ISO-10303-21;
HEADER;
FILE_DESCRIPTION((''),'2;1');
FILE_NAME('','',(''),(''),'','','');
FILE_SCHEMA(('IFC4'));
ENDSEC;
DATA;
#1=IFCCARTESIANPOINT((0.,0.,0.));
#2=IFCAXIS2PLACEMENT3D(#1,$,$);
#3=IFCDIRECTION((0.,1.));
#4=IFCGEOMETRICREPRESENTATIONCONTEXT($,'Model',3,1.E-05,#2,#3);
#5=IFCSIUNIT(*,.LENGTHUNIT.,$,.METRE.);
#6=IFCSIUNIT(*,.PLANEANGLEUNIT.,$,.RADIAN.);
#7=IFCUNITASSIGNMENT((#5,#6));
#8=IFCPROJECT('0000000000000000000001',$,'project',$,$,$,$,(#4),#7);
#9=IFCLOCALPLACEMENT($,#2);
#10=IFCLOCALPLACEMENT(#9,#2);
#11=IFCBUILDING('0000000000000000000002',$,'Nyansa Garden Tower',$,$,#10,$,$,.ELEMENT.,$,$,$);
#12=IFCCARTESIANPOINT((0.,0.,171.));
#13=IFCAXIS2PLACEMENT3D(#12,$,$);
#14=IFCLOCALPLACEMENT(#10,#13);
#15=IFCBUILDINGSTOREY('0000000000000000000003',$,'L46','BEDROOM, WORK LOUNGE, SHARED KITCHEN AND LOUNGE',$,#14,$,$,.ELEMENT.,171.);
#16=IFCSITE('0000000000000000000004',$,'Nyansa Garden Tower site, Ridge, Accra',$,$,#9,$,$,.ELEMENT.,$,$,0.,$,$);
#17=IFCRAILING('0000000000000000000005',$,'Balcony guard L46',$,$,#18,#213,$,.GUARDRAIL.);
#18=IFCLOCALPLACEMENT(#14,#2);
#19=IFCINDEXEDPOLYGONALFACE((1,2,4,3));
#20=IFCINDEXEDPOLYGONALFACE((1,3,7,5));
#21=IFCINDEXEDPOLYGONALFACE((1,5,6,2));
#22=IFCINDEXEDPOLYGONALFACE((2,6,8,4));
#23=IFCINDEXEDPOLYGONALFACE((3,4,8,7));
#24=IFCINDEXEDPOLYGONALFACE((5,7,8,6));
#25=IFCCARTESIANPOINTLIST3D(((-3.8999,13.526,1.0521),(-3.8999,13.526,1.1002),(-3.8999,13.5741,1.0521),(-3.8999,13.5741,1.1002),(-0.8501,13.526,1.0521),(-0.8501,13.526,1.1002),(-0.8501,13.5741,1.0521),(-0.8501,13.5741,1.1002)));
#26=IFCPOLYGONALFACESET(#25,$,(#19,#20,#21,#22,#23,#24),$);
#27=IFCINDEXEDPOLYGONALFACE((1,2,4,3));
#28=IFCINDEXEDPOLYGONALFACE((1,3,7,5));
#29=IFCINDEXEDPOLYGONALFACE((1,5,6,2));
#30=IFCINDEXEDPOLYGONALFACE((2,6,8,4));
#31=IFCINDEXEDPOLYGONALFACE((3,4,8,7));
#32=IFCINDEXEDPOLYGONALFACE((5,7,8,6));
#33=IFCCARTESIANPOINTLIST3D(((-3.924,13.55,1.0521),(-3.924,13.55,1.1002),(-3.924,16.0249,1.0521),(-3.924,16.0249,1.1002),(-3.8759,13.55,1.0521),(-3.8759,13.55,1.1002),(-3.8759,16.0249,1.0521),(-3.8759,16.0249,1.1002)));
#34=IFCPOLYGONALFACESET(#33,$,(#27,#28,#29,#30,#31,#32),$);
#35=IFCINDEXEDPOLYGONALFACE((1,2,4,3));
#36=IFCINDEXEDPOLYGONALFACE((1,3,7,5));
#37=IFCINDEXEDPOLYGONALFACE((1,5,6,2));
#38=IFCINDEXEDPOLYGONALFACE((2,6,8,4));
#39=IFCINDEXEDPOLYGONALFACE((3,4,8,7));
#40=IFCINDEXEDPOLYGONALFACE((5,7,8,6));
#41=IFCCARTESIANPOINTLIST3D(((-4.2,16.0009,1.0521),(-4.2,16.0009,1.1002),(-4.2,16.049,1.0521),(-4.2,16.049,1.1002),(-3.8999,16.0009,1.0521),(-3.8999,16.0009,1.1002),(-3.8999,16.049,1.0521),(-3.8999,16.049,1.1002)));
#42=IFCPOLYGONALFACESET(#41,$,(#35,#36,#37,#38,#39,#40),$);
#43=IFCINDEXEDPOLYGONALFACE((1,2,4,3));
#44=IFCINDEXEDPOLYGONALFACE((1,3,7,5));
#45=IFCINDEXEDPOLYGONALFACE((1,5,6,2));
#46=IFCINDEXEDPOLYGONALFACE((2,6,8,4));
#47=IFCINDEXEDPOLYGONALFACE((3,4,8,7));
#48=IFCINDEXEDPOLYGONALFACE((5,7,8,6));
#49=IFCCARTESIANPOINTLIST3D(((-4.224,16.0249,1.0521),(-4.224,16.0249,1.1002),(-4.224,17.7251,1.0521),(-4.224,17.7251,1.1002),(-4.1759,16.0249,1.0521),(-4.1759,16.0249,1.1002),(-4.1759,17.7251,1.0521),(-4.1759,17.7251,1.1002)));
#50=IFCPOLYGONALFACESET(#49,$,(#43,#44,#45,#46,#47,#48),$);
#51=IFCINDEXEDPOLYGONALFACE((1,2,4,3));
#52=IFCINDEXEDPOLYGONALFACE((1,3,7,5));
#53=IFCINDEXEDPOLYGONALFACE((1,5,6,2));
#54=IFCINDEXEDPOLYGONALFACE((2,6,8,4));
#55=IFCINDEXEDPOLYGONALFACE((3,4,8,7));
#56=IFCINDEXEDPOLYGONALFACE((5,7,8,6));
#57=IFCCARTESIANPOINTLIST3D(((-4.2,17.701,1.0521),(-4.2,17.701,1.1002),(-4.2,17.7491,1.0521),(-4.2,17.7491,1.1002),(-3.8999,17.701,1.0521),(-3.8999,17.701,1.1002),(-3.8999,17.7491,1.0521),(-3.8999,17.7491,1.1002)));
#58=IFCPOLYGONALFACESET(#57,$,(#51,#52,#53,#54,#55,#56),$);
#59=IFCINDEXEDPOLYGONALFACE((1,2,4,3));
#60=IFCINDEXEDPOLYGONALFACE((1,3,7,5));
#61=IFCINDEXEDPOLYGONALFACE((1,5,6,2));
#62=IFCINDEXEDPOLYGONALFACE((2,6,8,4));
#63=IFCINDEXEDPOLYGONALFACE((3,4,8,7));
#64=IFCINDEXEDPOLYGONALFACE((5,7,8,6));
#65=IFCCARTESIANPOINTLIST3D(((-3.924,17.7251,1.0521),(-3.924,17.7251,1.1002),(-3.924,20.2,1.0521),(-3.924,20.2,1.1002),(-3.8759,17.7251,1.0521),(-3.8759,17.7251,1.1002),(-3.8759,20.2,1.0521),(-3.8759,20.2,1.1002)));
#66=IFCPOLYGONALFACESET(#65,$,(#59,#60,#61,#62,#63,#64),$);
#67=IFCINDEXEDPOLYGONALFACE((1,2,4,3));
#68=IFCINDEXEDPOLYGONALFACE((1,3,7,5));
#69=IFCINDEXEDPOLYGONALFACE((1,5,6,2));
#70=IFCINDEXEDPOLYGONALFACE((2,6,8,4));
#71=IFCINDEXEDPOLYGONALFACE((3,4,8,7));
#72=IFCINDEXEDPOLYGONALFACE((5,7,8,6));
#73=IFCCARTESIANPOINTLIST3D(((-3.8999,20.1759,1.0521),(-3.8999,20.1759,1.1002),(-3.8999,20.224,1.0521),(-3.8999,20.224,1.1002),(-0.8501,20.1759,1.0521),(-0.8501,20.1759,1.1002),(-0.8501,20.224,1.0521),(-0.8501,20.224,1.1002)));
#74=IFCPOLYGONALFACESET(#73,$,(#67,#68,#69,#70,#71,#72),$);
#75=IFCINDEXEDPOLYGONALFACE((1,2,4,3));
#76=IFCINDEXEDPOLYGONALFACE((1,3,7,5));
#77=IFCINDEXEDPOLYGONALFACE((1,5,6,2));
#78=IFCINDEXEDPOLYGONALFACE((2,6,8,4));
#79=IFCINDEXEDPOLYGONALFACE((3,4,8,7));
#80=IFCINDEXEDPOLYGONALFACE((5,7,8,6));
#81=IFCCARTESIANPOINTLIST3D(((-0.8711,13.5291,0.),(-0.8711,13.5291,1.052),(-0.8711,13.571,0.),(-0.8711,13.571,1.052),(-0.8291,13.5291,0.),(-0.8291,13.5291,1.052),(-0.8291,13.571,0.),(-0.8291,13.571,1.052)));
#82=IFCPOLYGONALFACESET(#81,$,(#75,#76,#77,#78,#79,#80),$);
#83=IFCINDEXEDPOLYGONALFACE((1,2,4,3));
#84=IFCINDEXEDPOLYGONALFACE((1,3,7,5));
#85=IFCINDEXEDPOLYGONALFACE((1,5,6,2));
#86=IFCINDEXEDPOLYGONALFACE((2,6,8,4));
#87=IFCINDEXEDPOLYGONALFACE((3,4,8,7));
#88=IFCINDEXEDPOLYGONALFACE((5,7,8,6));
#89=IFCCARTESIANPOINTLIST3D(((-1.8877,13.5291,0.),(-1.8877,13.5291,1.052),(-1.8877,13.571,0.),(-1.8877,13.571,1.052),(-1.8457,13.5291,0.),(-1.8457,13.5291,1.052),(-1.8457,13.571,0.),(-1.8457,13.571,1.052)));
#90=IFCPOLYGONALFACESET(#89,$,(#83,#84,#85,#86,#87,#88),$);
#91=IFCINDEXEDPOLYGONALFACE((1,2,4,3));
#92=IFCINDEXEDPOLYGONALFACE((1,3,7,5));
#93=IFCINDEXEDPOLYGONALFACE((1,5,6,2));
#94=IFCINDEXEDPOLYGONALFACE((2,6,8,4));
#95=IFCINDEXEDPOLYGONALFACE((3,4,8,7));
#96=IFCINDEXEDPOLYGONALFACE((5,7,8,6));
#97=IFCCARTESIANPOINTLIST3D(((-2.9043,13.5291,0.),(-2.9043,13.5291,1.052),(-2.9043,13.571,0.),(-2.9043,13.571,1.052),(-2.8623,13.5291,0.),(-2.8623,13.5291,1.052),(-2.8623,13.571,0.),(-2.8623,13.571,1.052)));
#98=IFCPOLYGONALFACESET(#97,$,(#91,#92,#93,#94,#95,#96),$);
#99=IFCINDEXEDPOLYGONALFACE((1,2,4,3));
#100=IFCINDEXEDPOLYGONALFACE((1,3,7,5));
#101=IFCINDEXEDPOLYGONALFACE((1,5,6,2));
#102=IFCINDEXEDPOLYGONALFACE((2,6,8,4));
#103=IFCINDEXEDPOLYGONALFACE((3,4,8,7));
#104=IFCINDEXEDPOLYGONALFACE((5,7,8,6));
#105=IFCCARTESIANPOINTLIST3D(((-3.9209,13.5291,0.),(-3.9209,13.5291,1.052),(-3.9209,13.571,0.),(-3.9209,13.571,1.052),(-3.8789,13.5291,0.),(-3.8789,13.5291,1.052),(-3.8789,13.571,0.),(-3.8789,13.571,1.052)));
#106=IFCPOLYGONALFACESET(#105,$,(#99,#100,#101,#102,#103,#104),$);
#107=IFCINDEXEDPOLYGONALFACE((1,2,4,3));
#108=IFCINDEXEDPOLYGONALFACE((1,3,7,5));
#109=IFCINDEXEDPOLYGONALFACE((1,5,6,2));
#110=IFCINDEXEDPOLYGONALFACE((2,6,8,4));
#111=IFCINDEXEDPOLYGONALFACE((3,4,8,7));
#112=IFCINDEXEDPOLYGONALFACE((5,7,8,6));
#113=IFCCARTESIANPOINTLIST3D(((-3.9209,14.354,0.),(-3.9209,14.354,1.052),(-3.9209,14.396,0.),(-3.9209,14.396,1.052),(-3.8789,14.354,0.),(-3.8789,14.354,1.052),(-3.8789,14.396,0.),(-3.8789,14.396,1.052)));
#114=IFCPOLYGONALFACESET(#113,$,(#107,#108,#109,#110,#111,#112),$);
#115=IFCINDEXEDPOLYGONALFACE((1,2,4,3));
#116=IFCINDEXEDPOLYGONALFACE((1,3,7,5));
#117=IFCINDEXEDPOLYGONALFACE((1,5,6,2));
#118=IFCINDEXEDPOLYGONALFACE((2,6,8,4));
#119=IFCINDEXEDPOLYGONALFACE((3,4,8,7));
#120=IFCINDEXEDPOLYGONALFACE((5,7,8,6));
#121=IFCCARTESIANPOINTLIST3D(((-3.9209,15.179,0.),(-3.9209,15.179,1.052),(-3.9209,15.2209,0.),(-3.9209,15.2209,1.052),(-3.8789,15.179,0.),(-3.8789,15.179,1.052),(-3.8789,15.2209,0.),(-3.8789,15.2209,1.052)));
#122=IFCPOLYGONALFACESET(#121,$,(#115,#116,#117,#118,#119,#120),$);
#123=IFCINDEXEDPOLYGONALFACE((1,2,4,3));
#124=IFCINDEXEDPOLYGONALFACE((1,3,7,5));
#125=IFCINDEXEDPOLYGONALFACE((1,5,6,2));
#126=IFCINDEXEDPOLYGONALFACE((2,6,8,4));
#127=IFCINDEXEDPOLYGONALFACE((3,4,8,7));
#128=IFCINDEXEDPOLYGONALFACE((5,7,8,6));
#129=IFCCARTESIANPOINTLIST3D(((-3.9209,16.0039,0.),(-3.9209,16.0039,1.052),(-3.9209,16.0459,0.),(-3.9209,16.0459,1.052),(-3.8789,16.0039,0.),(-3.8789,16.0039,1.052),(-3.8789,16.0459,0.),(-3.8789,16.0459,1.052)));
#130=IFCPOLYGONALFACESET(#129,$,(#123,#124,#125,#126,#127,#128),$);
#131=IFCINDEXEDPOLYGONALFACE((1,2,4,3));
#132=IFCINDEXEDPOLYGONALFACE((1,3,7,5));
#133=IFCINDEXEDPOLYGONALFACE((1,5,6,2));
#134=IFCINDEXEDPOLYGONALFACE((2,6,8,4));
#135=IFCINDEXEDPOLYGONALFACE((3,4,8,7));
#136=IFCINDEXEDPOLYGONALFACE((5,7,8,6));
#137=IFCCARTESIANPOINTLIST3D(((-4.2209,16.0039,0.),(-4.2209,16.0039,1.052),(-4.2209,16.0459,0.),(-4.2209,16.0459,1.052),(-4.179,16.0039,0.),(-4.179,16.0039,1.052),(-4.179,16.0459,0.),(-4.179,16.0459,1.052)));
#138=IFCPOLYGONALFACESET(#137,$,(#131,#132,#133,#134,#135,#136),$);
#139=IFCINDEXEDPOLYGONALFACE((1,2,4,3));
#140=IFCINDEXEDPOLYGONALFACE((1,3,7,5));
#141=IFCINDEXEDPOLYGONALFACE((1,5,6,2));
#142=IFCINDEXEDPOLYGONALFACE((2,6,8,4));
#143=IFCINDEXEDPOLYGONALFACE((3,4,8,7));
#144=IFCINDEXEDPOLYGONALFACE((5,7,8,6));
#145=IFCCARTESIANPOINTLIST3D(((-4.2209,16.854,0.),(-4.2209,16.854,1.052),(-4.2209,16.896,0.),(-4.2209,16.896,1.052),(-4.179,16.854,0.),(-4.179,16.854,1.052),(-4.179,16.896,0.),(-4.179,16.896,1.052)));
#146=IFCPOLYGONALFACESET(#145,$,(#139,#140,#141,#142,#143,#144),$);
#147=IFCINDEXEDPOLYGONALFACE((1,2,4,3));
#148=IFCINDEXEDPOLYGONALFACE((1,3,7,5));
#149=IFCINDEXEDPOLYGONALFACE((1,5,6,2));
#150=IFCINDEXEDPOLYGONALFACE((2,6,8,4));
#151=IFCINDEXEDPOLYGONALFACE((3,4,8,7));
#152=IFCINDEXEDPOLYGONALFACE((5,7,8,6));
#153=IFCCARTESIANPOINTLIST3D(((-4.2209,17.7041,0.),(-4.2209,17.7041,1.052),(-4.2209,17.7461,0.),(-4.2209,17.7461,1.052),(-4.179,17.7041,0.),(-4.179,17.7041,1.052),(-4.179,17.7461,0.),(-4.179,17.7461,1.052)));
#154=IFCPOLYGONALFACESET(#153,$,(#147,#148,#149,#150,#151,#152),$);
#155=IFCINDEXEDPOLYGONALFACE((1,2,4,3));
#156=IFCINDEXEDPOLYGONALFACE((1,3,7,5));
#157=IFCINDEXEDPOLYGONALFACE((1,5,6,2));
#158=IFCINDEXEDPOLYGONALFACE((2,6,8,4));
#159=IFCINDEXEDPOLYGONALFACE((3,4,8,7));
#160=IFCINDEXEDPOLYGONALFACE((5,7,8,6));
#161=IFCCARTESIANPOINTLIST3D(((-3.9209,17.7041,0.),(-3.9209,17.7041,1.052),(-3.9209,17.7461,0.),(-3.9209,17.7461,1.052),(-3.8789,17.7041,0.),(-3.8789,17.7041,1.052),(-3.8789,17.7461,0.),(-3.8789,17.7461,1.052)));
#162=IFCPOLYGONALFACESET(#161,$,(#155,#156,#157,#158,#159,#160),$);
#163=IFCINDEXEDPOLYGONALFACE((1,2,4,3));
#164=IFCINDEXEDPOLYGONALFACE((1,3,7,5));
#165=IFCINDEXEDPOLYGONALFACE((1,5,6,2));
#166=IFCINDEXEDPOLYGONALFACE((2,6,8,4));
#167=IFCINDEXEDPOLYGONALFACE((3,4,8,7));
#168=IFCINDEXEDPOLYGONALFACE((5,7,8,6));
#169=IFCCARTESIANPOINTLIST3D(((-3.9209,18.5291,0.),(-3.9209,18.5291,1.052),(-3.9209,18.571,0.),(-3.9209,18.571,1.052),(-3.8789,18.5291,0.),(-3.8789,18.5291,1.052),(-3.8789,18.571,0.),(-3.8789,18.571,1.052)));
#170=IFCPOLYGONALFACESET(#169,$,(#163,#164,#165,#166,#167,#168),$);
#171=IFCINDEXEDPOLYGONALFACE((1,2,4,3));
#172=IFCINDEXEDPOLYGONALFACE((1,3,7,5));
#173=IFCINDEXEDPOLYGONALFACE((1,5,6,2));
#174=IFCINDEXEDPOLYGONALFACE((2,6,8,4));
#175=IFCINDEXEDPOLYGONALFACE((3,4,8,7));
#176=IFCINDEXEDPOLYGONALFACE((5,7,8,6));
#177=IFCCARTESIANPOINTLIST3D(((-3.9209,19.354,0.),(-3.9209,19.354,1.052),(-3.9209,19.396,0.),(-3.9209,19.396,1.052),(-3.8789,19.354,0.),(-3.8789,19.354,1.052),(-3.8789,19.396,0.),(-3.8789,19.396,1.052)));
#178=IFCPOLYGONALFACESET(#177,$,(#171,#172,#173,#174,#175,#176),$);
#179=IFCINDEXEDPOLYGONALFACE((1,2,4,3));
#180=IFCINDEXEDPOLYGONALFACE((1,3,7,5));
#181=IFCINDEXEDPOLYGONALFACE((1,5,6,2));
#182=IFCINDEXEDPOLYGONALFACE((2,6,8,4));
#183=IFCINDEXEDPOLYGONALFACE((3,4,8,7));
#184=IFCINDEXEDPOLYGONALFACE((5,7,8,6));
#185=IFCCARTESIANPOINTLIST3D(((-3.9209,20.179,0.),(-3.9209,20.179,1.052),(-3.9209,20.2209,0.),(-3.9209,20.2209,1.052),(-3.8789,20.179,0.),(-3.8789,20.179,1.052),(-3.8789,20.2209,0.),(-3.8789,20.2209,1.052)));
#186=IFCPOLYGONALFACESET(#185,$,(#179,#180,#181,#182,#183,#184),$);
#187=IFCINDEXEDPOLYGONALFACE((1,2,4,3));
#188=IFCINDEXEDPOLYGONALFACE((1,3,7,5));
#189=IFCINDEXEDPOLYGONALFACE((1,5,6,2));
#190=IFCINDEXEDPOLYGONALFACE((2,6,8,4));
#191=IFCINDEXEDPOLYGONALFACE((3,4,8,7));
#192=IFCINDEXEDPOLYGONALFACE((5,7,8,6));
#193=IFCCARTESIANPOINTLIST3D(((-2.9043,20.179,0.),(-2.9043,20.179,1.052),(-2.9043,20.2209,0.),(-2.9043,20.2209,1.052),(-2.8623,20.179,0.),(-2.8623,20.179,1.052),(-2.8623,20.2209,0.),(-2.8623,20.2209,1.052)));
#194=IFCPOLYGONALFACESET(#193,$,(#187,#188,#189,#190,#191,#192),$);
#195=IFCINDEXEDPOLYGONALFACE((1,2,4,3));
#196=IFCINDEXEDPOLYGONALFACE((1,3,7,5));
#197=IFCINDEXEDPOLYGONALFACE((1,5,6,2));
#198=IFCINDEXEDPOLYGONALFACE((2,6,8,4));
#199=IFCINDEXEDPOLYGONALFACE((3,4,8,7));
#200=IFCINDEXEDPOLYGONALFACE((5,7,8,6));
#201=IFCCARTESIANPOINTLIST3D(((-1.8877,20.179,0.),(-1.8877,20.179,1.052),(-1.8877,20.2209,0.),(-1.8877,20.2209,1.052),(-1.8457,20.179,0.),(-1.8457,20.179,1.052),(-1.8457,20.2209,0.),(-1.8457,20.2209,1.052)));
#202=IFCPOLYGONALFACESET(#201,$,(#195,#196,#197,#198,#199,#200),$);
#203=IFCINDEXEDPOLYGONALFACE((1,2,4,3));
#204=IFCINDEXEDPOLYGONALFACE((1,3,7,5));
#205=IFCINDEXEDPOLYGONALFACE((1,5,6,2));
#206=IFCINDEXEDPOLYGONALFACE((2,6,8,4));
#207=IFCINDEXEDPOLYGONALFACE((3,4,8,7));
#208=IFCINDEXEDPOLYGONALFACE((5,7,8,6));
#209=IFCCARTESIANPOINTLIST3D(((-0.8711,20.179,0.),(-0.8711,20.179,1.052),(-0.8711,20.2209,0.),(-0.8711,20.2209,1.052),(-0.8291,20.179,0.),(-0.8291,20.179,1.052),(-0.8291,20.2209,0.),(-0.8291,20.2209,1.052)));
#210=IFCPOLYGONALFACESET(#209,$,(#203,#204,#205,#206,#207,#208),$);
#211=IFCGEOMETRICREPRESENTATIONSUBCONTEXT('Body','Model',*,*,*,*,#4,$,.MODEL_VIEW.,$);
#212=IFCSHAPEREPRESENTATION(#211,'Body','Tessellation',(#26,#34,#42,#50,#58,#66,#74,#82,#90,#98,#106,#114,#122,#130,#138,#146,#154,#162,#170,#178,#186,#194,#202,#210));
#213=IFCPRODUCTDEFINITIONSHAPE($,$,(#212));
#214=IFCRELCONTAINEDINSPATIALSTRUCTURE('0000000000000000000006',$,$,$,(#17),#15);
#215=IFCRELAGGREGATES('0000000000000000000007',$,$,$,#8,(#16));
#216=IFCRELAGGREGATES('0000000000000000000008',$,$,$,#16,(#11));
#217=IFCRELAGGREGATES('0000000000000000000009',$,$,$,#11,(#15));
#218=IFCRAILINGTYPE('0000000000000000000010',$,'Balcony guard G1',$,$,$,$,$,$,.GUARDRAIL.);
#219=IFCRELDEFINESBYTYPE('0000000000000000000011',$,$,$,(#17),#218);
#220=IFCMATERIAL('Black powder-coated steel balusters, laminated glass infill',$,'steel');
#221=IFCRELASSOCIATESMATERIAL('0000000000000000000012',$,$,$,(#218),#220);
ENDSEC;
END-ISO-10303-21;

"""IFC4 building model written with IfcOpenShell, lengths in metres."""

from ifc_helpers import new_model, si_unit, direction, frame, origin, origin_2d, place, context, subcontext, project, spatial, rectangle, extrude, material, type_object, element, save


model = new_model("IFC4")

# Units and contexts
model_context = context("Model", 3, precision=1e-05, world=origin(), true_north=direction((0.0, 1.0)))
body_context = subcontext(model_context, "Body", "Model", "MODEL_VIEW")
ifc_project = project(units=[si_unit("LENGTHUNIT", "METRE"), si_unit("PLANEANGLEUNIT", "RADIAN")], contexts=[model_context])

# Site, building, storey
site_placement = place(None, origin())
site = spatial("IfcSite", under=ifc_project, at=site_placement, Name="Nyansa Garden Tower site, Ridge, Accra", CompositionType="ELEMENT", RefElevation=0.0)
building_placement = place(site_placement, origin())
building = spatial("IfcBuilding", under=site, at=building_placement, Name="Nyansa Garden Tower", CompositionType="ELEMENT")
storey_placement = place(building_placement, frame((0.0, 0.0, 171.0)))
storey = spatial("IfcBuildingStorey", under=building, at=storey_placement, Name="L46", Description="BEDROOM, WORK LOUNGE, SHARED KITCHEN AND LOUNGE", CompositionType="ELEMENT", Elevation=171.0)

# Railing
ifc_material_1 = material(Name="Black powder-coated steel balusters, laminated glass infill", Category="steel")
railing_type = type_object("IfcRailingType", Name="Balcony guard G1", PredefinedType="GUARDRAIL", material=ifc_material_1)
railing_placement = place(storey_placement, frame((-0.8501, 13.55, 0.0)))
element("IfcRailing", 1, at=railing_placement, inside=storey, type_object=railing_type, Name="Balcony guard L46", PredefinedType="GUARDRAIL", context=body_context, shape_type="SweptSolid", body=[
    extrude(rectangle(XDim=0.0481, YDim=0.0481, at=origin_2d()), frame((0.0, 0.0, 1.0762), z_axis=(-1.0, 0.0, 0.0), x_axis=(0.0, -1.0, 0.0)), (0.0, 0.0, 1.0), 3.0498),
    extrude(rectangle(XDim=0.0481, YDim=0.0481, at=origin_2d()), frame((-3.0498, 0.0, 1.0762), z_axis=(0.0, 1.0, 0.0), x_axis=(-1.0, 0.0, 0.0)), (0.0, 0.0, 1.0), 2.4749),
    extrude(rectangle(XDim=0.0481, YDim=0.0481, at=origin_2d()), frame((-3.0498, 2.4749, 1.0762), z_axis=(-1.0, 0.0, 0.0), x_axis=(0.0, -1.0, 0.0)), (0.0, 0.0, 1.0), 0.3),
    extrude(rectangle(XDim=0.0481, YDim=0.0481, at=origin_2d()), frame((-3.3499, 2.4749, 1.0762), z_axis=(0.0, 1.0, 0.0), x_axis=(-1.0, 0.0, 0.0)), (0.0, 0.0, 1.0), 1.7002),
    extrude(rectangle(XDim=0.0481, YDim=0.0481, at=origin_2d()), frame((-3.3499, 4.175, 1.0762), z_axis=(1.0, 0.0, 0.0), x_axis=(0.0, 1.0, 0.0)), (0.0, 0.0, 1.0), 0.3),
    extrude(rectangle(XDim=0.0481, YDim=0.0481, at=origin_2d()), frame((-3.0498, 4.175, 1.0762), z_axis=(0.0, 1.0, 0.0), x_axis=(-1.0, 0.0, 0.0)), (0.0, 0.0, 1.0), 2.4749),
    extrude(rectangle(XDim=0.0481, YDim=0.0481, at=origin_2d()), frame((-3.0498, 6.6499, 1.0762), z_axis=(1.0, 0.0, 0.0), x_axis=(0.0, 1.0, 0.0)), (0.0, 0.0, 1.0), 3.0498),
    extrude(rectangle(XDim=0.042, YDim=0.042, at=origin_2d()), origin(), (0.0, 0.0, 1.0), 1.052),
    extrude(rectangle(XDim=0.042, YDim=0.042, at=origin_2d()), frame((-1.0166, 0.0, 0.0)), (0.0, 0.0, 1.0), 1.052),
    extrude(rectangle(XDim=0.042, YDim=0.042, at=origin_2d()), frame((-2.0332, 0.0, 0.0)), (0.0, 0.0, 1.0), 1.052),
    extrude(rectangle(XDim=0.042, YDim=0.042, at=origin_2d()), frame((-3.0498, 0.0, 0.0)), (0.0, 0.0, 1.0), 1.052),
    extrude(rectangle(XDim=0.042, YDim=0.042, at=origin_2d()), frame((-3.0498, 0.825, 0.0)), (0.0, 0.0, 1.0), 1.052),
    extrude(rectangle(XDim=0.042, YDim=0.042, at=origin_2d()), frame((-3.0498, 1.6499, 0.0)), (0.0, 0.0, 1.0), 1.052),
    extrude(rectangle(XDim=0.042, YDim=0.042, at=origin_2d()), frame((-3.0498, 2.4749, 0.0)), (0.0, 0.0, 1.0), 1.052),
    extrude(rectangle(XDim=0.042, YDim=0.042, at=origin_2d()), frame((-3.3499, 2.4749, 0.0)), (0.0, 0.0, 1.0), 1.052),
    extrude(rectangle(XDim=0.042, YDim=0.042, at=origin_2d()), frame((-3.3499, 3.325, 0.0)), (0.0, 0.0, 1.0), 1.052),
    extrude(rectangle(XDim=0.042, YDim=0.042, at=origin_2d()), frame((-3.3499, 4.175, 0.0)), (0.0, 0.0, 1.0), 1.052),
    extrude(rectangle(XDim=0.042, YDim=0.042, at=origin_2d()), frame((-3.0498, 4.175, 0.0)), (0.0, 0.0, 1.0), 1.052),
    extrude(rectangle(XDim=0.042, YDim=0.042, at=origin_2d()), frame((-3.0498, 5.0, 0.0)), (0.0, 0.0, 1.0), 1.052),
    extrude(rectangle(XDim=0.042, YDim=0.042, at=origin_2d()), frame((-3.0498, 5.825, 0.0)), (0.0, 0.0, 1.0), 1.052),
    extrude(rectangle(XDim=0.042, YDim=0.042, at=origin_2d()), frame((-3.0498, 6.6499, 0.0)), (0.0, 0.0, 1.0), 1.052),
    extrude(rectangle(XDim=0.042, YDim=0.042, at=origin_2d()), frame((-2.0332, 6.6499, 0.0)), (0.0, 0.0, 1.0), 1.052),
    extrude(rectangle(XDim=0.042, YDim=0.042, at=origin_2d()), frame((-1.0166, 6.6499, 0.0)), (0.0, 0.0, 1.0), 1.052),
    extrude(rectangle(XDim=0.042, YDim=0.042, at=origin_2d()), frame((0.0, 6.6499, 0.0)), (0.0, 0.0, 1.0), 1.052),
])

save(model, "model.ifc")
